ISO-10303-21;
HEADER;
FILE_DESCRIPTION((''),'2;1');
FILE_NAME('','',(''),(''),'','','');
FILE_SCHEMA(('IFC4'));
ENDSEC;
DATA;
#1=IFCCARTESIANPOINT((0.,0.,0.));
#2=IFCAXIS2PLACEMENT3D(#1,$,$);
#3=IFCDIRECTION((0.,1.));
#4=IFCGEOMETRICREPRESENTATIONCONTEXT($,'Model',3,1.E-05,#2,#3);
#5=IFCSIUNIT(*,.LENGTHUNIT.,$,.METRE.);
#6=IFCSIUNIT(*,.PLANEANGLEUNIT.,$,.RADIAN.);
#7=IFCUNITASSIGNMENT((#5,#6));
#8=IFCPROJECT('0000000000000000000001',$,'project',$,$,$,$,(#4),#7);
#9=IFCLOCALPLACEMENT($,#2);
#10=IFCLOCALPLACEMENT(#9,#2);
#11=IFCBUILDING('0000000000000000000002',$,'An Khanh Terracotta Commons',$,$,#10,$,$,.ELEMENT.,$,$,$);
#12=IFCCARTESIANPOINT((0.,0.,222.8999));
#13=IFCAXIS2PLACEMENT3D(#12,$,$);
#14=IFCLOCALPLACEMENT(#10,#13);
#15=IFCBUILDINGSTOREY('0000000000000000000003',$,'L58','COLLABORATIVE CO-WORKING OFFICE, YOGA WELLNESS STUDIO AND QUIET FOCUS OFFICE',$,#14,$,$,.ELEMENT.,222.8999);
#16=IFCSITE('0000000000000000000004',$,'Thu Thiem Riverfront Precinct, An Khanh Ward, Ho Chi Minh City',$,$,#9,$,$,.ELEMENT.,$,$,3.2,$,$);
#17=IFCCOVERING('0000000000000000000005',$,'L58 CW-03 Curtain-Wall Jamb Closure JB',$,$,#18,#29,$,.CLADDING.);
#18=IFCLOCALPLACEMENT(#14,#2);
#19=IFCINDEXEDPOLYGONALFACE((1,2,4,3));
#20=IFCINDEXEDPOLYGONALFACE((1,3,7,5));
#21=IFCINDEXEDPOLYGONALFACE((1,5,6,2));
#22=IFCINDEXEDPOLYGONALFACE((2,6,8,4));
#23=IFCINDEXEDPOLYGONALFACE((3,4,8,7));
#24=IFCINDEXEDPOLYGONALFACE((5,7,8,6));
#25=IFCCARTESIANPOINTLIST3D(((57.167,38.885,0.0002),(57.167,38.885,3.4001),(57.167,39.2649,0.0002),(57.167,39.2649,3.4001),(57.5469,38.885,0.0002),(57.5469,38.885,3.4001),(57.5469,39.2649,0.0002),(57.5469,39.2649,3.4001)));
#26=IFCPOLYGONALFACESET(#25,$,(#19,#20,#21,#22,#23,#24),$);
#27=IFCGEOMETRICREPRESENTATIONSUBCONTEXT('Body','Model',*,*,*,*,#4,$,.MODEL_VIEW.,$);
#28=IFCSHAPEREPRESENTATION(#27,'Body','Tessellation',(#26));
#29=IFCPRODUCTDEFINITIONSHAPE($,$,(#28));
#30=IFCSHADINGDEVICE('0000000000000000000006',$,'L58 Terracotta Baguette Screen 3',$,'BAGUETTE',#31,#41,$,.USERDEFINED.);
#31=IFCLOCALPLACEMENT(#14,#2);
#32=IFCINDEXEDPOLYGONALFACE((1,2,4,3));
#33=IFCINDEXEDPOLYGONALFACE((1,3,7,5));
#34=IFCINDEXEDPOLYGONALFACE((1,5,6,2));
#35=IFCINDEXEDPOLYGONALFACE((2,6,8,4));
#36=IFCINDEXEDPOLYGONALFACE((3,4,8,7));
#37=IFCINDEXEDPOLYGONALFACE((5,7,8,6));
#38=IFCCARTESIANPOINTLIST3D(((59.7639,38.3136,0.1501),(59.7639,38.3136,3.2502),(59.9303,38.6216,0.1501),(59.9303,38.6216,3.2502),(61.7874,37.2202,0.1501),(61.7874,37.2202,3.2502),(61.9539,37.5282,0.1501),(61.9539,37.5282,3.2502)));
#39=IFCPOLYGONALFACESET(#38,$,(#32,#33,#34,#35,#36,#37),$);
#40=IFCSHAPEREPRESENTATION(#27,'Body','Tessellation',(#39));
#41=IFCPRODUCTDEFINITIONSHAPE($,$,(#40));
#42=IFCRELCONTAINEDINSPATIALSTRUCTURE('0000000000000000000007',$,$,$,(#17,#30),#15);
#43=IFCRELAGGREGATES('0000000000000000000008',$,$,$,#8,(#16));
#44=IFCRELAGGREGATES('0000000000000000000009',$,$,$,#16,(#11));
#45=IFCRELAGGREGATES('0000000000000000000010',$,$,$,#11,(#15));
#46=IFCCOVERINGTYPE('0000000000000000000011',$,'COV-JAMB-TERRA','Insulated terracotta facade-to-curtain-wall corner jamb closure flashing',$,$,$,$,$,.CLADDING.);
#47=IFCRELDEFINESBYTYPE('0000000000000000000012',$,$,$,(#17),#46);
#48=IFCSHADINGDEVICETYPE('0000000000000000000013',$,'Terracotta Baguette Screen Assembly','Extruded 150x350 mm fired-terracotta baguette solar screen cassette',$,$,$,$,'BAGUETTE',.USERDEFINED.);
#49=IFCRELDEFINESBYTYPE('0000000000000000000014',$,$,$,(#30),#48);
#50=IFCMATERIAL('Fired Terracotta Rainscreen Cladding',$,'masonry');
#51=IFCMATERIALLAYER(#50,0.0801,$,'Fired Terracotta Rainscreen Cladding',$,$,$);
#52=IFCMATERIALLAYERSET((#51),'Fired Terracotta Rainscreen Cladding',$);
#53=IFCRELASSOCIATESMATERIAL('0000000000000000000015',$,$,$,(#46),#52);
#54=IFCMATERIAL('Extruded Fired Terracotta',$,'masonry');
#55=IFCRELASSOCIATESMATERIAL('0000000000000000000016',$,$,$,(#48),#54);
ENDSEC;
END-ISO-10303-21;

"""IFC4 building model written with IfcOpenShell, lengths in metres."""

from ifc_helpers import new_model, si_unit, direction, frame, origin, origin_2d, place, context, subcontext, project, spatial, rectangle, extrude, material, layer, layer_set, type_object, element, save


model = new_model("IFC4")

# Units and contexts
model_context = context("Model", 3, precision=1e-05, world=origin(), true_north=direction((0.0, 1.0)))
body_context = subcontext(model_context, "Body", "Model", "MODEL_VIEW")
ifc_project = project(units=[si_unit("LENGTHUNIT", "METRE"), si_unit("PLANEANGLEUNIT", "RADIAN")], contexts=[model_context])

# Site, building, storey
site_placement = place(None, origin())
site = spatial("IfcSite", under=ifc_project, at=site_placement, Name="Thu Thiem Riverfront Precinct, An Khanh Ward, Ho Chi Minh City", CompositionType="ELEMENT", RefElevation=3.2)
building_placement = place(site_placement, origin())
building = spatial("IfcBuilding", under=site, at=building_placement, Name="An Khanh Terracotta Commons", CompositionType="ELEMENT")
storey_placement = place(building_placement, frame((0.0, 0.0, 222.8999)))
storey = spatial("IfcBuildingStorey", under=building, at=storey_placement, Name="L58", Description="COLLABORATIVE CO-WORKING OFFICE, YOGA WELLNESS STUDIO AND QUIET FOCUS OFFICE", CompositionType="ELEMENT", Elevation=222.8999)

# Covering
ifc_material_1 = material(Name="Fired Terracotta Rainscreen Cladding", Category="masonry")
ifc_layer_1 = layer(ifc_material_1, 0.0801, Name="Fired Terracotta Rainscreen Cladding")
ifc_layer_set_1 = layer_set([ifc_layer_1], Name="Fired Terracotta Rainscreen Cladding")
covering_type = type_object("IfcCoveringType", Name="COV-JAMB-TERRA", Description="Insulated terracotta facade-to-curtain-wall corner jamb closure flashing", PredefinedType="CLADDING", material=ifc_layer_set_1)
covering_placement = place(storey_placement, frame((57.3569, 39.075, 0.0002), z_axis=(0.0, 0.0, 1.0), x_axis=(1.0, 0.0, 0.0)))
element("IfcCovering", 1, at=covering_placement, inside=storey, type_object=covering_type, Name="L58 CW-03 Curtain-Wall Jamb Closure JB", PredefinedType="CLADDING", context=body_context, shape_type="SweptSolid", body=[
    extrude(rectangle(XDim=0.3799, YDim=0.3799, at=origin_2d()), origin(), (0.0, 0.0, 1.0), 3.3999),
])

# Shading device
ifc_material_2 = material(Name="Extruded Fired Terracotta", Category="masonry")
shading_device_type = type_object("IfcShadingDeviceType", Name="Terracotta Baguette Screen Assembly", Description="Extruded 150x350 mm fired-terracotta baguette solar screen cassette", ElementType="BAGUETTE", PredefinedType="USERDEFINED", material=ifc_material_2)
shading_device_placement = place(storey_placement, frame((60.8589, 37.9209, 0.1501), z_axis=(0.0, 0.0, 1.0), x_axis=(-0.87978, 0.475381, 0.0)))
element("IfcShadingDevice", 2, at=shading_device_placement, inside=storey, type_object=shading_device_type, Name="L58 Terracotta Baguette Screen 3", ObjectType="BAGUETTE", PredefinedType="USERDEFINED", context=body_context, shape_type="SweptSolid", body=[
    extrude(rectangle(XDim=2.3, YDim=0.3501, at=origin_2d()), origin(), (0.0, 0.0, 1.0), 3.1001),
])

save(model, "model.ifc")
